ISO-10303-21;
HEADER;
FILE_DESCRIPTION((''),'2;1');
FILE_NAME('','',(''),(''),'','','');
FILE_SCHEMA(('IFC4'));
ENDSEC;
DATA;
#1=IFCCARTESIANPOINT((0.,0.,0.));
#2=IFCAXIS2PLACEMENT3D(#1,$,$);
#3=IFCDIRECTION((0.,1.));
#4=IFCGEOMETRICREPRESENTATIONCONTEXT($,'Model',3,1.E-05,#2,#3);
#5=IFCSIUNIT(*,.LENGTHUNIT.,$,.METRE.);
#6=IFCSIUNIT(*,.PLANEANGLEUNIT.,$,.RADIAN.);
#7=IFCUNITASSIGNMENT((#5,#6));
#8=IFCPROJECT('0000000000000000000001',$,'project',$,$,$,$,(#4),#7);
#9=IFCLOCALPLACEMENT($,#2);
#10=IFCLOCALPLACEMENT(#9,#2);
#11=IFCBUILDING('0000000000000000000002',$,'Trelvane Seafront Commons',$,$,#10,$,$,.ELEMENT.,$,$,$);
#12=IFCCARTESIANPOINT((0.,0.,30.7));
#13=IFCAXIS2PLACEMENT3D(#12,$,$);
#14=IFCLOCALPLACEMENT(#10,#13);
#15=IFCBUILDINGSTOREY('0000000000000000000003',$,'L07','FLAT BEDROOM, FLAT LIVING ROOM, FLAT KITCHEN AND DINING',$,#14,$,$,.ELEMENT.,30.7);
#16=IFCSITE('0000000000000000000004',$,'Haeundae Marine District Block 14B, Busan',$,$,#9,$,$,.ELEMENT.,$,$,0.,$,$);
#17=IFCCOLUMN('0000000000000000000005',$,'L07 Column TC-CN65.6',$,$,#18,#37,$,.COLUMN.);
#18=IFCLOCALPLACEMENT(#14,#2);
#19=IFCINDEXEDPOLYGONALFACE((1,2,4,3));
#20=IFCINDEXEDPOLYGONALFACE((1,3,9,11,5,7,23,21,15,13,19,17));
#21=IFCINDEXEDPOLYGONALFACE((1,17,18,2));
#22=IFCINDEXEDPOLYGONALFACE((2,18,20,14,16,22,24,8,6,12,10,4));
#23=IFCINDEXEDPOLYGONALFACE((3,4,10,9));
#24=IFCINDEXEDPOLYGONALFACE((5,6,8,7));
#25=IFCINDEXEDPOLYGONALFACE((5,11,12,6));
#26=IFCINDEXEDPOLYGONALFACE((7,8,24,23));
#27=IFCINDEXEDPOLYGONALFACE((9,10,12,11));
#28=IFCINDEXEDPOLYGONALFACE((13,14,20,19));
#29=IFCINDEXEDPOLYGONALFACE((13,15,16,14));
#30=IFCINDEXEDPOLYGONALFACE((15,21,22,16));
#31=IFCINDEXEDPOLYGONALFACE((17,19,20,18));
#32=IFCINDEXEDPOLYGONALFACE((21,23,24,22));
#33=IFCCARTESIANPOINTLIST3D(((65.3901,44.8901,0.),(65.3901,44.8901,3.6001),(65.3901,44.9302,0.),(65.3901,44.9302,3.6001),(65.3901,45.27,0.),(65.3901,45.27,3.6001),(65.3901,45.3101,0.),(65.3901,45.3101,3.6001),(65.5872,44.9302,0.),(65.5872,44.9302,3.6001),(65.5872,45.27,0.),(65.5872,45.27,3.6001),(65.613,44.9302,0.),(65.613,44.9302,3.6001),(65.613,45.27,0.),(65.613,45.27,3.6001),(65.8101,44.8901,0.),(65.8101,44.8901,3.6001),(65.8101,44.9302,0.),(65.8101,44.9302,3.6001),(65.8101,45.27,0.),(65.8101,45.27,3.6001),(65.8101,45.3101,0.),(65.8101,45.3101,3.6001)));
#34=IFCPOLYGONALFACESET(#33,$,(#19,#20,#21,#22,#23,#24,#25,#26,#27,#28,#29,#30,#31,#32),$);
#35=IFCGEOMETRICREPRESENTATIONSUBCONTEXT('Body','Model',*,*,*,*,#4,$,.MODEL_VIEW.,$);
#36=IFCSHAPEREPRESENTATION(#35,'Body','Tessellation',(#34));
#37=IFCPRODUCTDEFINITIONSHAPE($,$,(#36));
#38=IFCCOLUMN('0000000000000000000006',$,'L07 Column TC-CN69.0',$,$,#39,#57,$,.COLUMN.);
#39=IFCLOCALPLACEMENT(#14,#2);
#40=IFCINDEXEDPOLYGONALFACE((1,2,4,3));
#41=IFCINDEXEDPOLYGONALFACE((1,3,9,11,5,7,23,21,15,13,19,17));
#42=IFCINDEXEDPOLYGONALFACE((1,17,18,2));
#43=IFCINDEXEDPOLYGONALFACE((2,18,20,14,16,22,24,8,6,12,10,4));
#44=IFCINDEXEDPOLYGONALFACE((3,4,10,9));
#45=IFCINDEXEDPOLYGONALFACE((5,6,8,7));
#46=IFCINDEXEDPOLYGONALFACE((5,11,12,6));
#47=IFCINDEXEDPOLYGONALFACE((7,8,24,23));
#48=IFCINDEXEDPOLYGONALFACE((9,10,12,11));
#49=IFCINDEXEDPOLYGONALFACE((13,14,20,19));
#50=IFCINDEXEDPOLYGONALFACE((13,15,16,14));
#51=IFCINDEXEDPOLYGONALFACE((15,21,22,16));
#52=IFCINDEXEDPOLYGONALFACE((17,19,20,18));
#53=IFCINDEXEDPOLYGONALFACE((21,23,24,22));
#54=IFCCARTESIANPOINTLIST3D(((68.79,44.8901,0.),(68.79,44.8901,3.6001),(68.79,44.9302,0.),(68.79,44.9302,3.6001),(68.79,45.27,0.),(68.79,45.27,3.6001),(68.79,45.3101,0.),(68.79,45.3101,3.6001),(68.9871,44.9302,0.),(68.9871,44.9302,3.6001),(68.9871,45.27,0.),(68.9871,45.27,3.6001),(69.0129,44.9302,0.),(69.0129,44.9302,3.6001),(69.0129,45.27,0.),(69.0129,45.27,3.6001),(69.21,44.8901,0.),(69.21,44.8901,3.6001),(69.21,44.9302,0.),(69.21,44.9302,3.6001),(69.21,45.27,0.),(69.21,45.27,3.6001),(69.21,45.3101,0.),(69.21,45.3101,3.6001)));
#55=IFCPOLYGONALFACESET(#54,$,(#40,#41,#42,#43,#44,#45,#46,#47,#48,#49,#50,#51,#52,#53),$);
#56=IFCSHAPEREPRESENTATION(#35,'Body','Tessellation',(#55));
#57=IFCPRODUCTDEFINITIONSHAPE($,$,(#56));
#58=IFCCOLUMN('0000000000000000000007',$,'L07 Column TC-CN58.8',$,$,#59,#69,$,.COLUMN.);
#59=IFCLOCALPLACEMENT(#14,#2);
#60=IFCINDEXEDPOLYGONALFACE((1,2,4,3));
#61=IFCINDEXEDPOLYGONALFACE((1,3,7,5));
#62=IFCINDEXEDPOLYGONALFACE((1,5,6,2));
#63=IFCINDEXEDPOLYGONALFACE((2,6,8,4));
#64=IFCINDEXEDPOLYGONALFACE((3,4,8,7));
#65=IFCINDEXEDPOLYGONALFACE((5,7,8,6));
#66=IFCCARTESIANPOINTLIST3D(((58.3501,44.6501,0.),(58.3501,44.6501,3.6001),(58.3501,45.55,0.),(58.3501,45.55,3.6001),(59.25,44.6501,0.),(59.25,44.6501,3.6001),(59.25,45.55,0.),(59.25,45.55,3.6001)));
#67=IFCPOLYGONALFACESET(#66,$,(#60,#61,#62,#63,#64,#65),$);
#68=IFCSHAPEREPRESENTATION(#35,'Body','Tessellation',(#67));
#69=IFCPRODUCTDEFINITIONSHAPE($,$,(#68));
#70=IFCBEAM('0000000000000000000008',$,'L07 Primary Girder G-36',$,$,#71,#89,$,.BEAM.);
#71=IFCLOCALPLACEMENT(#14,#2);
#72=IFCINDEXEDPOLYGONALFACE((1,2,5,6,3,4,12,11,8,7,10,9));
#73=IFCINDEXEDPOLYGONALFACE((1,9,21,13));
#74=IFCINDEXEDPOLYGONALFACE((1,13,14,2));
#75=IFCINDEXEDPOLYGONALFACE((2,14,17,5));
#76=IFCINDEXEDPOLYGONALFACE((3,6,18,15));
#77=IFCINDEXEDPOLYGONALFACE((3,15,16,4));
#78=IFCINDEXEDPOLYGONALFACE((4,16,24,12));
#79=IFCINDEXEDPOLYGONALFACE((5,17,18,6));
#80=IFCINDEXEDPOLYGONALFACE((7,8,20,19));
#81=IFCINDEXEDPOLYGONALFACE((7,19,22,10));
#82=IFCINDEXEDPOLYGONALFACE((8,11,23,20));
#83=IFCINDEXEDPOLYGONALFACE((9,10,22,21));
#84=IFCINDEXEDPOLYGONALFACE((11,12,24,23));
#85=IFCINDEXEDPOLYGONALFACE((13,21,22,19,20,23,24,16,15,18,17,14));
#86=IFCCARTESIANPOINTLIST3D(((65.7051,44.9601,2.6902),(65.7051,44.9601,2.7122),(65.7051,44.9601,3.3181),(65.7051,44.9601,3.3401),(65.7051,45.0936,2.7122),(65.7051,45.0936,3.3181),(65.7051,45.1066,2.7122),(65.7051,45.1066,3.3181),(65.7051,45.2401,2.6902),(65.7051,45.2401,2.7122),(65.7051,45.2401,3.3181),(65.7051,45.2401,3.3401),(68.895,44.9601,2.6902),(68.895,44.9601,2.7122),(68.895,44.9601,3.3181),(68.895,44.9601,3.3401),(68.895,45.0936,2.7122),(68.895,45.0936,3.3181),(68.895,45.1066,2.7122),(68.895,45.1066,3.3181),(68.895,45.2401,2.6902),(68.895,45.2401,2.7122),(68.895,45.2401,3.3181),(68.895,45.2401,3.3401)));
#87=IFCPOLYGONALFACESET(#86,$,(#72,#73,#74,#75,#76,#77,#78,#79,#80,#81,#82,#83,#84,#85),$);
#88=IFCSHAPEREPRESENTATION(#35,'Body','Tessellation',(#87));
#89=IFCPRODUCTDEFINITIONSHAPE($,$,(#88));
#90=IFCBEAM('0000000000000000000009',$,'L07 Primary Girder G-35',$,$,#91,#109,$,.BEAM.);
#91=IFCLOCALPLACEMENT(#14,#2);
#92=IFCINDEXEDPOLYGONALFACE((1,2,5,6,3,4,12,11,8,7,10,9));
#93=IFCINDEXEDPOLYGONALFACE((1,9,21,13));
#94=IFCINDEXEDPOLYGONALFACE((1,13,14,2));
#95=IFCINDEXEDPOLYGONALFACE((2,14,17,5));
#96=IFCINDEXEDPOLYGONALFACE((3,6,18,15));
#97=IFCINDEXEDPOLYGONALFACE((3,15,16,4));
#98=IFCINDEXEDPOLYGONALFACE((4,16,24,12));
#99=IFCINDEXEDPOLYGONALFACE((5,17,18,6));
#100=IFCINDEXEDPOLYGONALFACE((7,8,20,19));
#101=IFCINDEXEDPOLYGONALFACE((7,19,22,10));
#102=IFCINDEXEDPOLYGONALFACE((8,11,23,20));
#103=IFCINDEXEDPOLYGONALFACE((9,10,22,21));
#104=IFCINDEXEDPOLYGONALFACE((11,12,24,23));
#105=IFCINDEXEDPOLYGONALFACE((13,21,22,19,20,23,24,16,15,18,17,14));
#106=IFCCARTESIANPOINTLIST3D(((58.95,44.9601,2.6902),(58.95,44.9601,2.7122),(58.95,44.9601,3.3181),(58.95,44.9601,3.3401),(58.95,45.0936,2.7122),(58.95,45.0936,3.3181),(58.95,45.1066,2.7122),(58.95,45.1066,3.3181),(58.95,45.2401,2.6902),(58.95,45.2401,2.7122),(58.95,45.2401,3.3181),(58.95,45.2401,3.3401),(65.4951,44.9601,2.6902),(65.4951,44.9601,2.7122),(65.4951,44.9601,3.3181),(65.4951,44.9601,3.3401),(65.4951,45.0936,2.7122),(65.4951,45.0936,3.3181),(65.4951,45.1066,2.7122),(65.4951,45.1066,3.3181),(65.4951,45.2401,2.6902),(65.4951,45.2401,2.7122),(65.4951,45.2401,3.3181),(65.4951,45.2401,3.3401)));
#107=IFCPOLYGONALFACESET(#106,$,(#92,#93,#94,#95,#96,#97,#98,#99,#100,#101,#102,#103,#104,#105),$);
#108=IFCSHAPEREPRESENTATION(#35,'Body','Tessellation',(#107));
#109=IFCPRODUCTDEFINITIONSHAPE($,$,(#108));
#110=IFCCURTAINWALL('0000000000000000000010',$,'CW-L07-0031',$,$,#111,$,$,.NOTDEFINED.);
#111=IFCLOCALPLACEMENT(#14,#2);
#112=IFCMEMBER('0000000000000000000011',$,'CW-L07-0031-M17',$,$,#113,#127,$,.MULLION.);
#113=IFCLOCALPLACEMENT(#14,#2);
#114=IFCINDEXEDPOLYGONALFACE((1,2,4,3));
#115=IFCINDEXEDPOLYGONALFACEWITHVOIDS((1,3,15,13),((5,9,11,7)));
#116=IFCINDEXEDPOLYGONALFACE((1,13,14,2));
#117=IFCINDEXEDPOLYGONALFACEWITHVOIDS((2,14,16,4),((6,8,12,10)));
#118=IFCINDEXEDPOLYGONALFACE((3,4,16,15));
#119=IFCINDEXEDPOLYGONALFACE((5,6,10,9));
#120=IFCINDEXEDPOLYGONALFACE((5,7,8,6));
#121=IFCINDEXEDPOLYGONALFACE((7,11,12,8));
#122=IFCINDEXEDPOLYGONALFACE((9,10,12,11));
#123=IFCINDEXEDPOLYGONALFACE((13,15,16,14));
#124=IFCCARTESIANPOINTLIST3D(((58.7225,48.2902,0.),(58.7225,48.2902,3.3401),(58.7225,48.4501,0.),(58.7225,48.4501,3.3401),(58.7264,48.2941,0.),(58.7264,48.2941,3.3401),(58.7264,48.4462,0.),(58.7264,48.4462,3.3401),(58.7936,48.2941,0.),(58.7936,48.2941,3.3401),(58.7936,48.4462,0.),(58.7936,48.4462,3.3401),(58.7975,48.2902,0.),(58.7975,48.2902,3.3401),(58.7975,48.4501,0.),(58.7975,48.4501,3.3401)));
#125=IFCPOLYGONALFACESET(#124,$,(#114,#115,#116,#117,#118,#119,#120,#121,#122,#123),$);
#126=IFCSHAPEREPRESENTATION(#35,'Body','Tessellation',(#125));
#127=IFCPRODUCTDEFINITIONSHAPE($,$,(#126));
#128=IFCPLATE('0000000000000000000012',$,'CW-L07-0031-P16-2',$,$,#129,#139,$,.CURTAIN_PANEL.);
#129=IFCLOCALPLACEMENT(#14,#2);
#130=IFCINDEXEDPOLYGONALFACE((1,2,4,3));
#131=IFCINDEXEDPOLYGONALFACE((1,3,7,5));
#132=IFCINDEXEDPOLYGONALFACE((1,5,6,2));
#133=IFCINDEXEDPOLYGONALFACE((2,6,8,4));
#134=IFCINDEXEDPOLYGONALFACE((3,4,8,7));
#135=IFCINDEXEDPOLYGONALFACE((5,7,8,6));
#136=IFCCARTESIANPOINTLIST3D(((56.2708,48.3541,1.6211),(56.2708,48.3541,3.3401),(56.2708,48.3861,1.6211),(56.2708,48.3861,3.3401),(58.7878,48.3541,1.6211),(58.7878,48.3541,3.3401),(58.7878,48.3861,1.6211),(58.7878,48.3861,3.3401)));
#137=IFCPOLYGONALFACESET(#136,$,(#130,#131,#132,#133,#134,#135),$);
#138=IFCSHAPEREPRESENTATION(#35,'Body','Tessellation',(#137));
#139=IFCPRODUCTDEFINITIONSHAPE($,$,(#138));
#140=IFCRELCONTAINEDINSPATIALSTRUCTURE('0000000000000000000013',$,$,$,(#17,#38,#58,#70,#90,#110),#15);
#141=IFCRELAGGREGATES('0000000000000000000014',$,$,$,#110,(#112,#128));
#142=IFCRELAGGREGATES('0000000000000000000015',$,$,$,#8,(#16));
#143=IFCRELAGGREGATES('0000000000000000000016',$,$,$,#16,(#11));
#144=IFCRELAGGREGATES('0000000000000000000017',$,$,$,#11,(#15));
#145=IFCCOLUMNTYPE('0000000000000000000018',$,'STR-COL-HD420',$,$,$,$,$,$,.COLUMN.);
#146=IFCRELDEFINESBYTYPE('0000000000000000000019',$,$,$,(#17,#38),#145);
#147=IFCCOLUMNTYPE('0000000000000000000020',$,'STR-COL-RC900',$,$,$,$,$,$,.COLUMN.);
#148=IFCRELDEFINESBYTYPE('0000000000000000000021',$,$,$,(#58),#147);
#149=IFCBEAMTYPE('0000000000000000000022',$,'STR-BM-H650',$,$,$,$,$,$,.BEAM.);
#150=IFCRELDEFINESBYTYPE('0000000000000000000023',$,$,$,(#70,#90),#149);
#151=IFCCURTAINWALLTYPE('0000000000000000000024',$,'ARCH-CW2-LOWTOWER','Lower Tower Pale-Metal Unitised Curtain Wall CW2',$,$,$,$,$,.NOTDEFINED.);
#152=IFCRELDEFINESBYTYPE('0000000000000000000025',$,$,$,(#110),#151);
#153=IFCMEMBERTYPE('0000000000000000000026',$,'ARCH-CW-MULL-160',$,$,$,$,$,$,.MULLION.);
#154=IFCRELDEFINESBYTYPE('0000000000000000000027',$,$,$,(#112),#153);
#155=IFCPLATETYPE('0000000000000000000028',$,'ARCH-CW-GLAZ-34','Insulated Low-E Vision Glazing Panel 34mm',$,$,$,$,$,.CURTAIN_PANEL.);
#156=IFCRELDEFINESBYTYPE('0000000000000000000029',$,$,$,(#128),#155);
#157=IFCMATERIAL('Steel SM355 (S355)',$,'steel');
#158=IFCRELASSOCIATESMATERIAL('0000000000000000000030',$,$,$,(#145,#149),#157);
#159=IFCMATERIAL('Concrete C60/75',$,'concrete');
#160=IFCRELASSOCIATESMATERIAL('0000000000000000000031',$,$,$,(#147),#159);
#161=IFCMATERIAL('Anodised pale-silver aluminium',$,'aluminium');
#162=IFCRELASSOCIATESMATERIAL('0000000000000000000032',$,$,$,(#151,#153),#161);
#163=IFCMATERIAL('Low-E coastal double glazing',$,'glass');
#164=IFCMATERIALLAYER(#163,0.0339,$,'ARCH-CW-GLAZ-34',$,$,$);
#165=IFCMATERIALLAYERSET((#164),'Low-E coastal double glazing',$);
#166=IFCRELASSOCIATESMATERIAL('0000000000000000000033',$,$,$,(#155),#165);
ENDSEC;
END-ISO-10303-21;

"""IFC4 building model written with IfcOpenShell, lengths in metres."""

from ifc_helpers import new_model, si_unit, direction, frame, origin, origin_2d, place, context, subcontext, project, spatial, rectangle, hollow_rectangle, i_section, extrude, source, transform, mapped, material, layer, layer_set, material_profile, profile_set, type_object, element, aggregate, save


model = new_model("IFC4")

# Units and contexts
model_context = context("Model", 3, precision=1e-05, world=origin(), true_north=direction((0.0, 1.0)))
body_context = subcontext(model_context, "Body", "Model", "MODEL_VIEW")
ifc_project = project(units=[si_unit("LENGTHUNIT", "METRE"), si_unit("PLANEANGLEUNIT", "RADIAN")], contexts=[model_context])

# Site, building, storey
site_placement = place(None, origin())
site = spatial("IfcSite", under=ifc_project, at=site_placement, Name="Haeundae Marine District Block 14B, Busan", CompositionType="ELEMENT", RefElevation=0.0)
building_placement = place(site_placement, origin())
building = spatial("IfcBuilding", under=site, at=building_placement, Name="Trelvane Seafront Commons", CompositionType="ELEMENT")
storey_placement = place(building_placement, frame((0.0, 0.0, 30.7)))
storey = spatial("IfcBuildingStorey", under=building, at=storey_placement, Name="L07", Description="FLAT BEDROOM, FLAT LIVING ROOM, FLAT KITCHEN AND DINING", CompositionType="ELEMENT", Elevation=30.7)

# Columns
ifc_material_1 = material(Name="Steel SM355 (S355)", Category="steel")
ifc_material_profile_1 = material_profile(ifc_material_1, i_section(OverallWidth=0.4199, OverallDepth=0.4199, WebThickness=0.0259, FlangeThickness=0.04, at=origin_2d()), Name="HD-420x420x26x40")
ifc_profile_set_1 = profile_set([ifc_material_profile_1], Name="Steel SM355 (S355)")
column_type_1 = type_object("IfcColumnType", Name="STR-COL-HD420", PredefinedType="COLUMN", material=ifc_profile_set_1)
shared_shape_1 = source(origin(), body_context, "Body", "SweptSolid", [
    extrude(i_section(OverallWidth=0.4199, OverallDepth=0.4199, WebThickness=0.0259, FlangeThickness=0.04, at=origin_2d()), origin(), (0.0, 0.0, 1.0), 3.6001),
])
for number, where, z_axis, x_axis, name in (
    (1, (65.6001, 45.1001, 0.0), (0.0, 0.0, 1.0), (1.0, 0.0, 0.0), "L07 Column TC-CN65.6"),
    (2, (69.0, 45.1001, 0.0), (0.0, 0.0, 1.0), (1.0, 0.0, 0.0), "L07 Column TC-CN69.0"),
):
    element("IfcColumn", number, at=place(storey_placement, frame(where, z_axis=z_axis, x_axis=x_axis)), inside=storey, type_object=column_type_1, Name=name, PredefinedType="COLUMN", context=body_context, shape_type="MappedRepresentation", body=[
        mapped(shared_shape_1, transform((0.0, 0.0, 0.0), x_axis=(1.0, 0.0, 0.0), y_axis=(0.0, 1.0, 0.0), z_axis=(0.0, 0.0, 1.0), scale=1.0)),
    ])
ifc_material_2 = material(Name="Concrete C60/75", Category="concrete")
ifc_material_profile_2 = material_profile(ifc_material_2, rectangle(XDim=0.8999, YDim=0.8999, at=origin_2d()), Name="RC-900x900")
ifc_profile_set_2 = profile_set([ifc_material_profile_2], Name="Concrete C60/75")
column_type_2 = type_object("IfcColumnType", Name="STR-COL-RC900", PredefinedType="COLUMN", material=ifc_profile_set_2)
shared_shape_2 = source(origin(), body_context, "Body", "SweptSolid", [
    extrude(rectangle(XDim=0.8999, YDim=0.8999, at=origin_2d()), origin(), (0.0, 0.0, 1.0), 3.6001),
])
column_placement = place(storey_placement, frame((58.8, 45.1001, 0.0), z_axis=(0.0, 0.0, 1.0), x_axis=(1.0, 0.0, 0.0)))
element("IfcColumn", 3, at=column_placement, inside=storey, type_object=column_type_2, Name="L07 Column TC-CN58.8", PredefinedType="COLUMN", context=body_context, shape_type="MappedRepresentation", body=[
    mapped(shared_shape_2, transform((0.0, 0.0, 0.0), x_axis=(1.0, 0.0, 0.0), y_axis=(0.0, 1.0, 0.0), z_axis=(0.0, 0.0, 1.0), scale=1.0)),
])

# Beams
ifc_material_profile_3 = material_profile(ifc_material_1, i_section(OverallWidth=0.28, OverallDepth=0.6499, WebThickness=0.0129, FlangeThickness=0.022, at=origin_2d()), Name="H-650x280x13x22")
ifc_profile_set_3 = profile_set([ifc_material_profile_3], Name="Steel SM355 (S355)")
beam_type = type_object("IfcBeamType", Name="STR-BM-H650", PredefinedType="BEAM", material=ifc_profile_set_3)
shared_shape_3 = source(origin(), body_context, "Body", "SweptSolid", [
    extrude(i_section(OverallWidth=0.28, OverallDepth=0.6499, WebThickness=0.0129, FlangeThickness=0.022, at=origin_2d()), origin(), (0.0, 0.0, 1.0), 3.1899),
])
beam_1_placement = place(storey_placement, frame((65.7051, 45.1001, 3.0151), z_axis=(1.0, 0.0, 0.0), x_axis=(0.0, 1.0, 0.0)))
element("IfcBeam", 4, at=beam_1_placement, inside=storey, type_object=beam_type, Name="L07 Primary Girder G-36", PredefinedType="BEAM", context=body_context, shape_type="MappedRepresentation", body=[
    mapped(shared_shape_3, transform((0.0, 0.0, 0.0), x_axis=(1.0, 0.0, 0.0), y_axis=(0.0, 1.0, 0.0), z_axis=(0.0, 0.0, 1.0), scale=1.0)),
])
shared_shape_4 = source(origin(), body_context, "Body", "SweptSolid", [
    extrude(i_section(OverallWidth=0.28, OverallDepth=0.6499, WebThickness=0.0129, FlangeThickness=0.022, at=origin_2d()), origin(), (0.0, 0.0, 1.0), 6.5452),
])
beam_2_placement = place(storey_placement, frame((58.95, 45.1001, 3.0151), z_axis=(1.0, 0.0, 0.0), x_axis=(0.0, 1.0, 0.0)))
element("IfcBeam", 5, at=beam_2_placement, inside=storey, type_object=beam_type, Name="L07 Primary Girder G-35", PredefinedType="BEAM", context=body_context, shape_type="MappedRepresentation", body=[
    mapped(shared_shape_4, transform((0.0, 0.0, 0.0), x_axis=(1.0, 0.0, 0.0), y_axis=(0.0, 1.0, 0.0), z_axis=(0.0, 0.0, 1.0), scale=1.0)),
])

# Curtain wall, member, plate
ifc_material_3 = material(Name="Anodised pale-silver aluminium", Category="aluminium")
curtain_wall_type = type_object("IfcCurtainWallType", Name="ARCH-CW2-LOWTOWER", Description="Lower Tower Pale-Metal Unitised Curtain Wall CW2", PredefinedType="NOTDEFINED", material=ifc_material_3)
curtain_wall_placement = place(storey_placement, origin())
curtain_wall = element("IfcCurtainWall", 6, at=curtain_wall_placement, inside=storey, type_object=curtain_wall_type, Name="CW-L07-0031", PredefinedType="NOTDEFINED")
ifc_material_profile_4 = material_profile(ifc_material_3, hollow_rectangle(XDim=0.075, YDim=0.1599, WallThickness=0.0039, at=origin_2d()), Name="MULL-75x160x4")
ifc_profile_set_4 = profile_set([ifc_material_profile_4], Name="Anodised pale-silver aluminium")
member_type = type_object("IfcMemberType", Name="ARCH-CW-MULL-160", PredefinedType="MULLION", material=ifc_profile_set_4)
shared_shape_5 = source(origin(), body_context, "Body", "SweptSolid", [
    extrude(hollow_rectangle(XDim=0.075, YDim=0.1599, WallThickness=0.0039, at=origin_2d()), origin(), (0.0, 0.0, 1.0), 3.3401),
])
member_placement = place(storey_placement, frame((58.76, 48.3701, 0.0), z_axis=(0.0, 0.0, 1.0), x_axis=(1.0, 0.0, 0.0)))
member = element("IfcMember", 7, at=member_placement, type_object=member_type, Name="CW-L07-0031-M17", PredefinedType="MULLION", context=body_context, shape_type="MappedRepresentation", body=[
    mapped(shared_shape_5, transform((0.0, 0.0, 0.0), x_axis=(1.0, 0.0, 0.0), y_axis=(0.0, 1.0, 0.0), z_axis=(0.0, 0.0, 1.0), scale=1.0)),
])
ifc_material_4 = material(Name="Low-E coastal double glazing", Category="glass")
ifc_layer_1 = layer(ifc_material_4, 0.0339, Name="ARCH-CW-GLAZ-34")
ifc_layer_set_1 = layer_set([ifc_layer_1], Name="Low-E coastal double glazing")
plate_type = type_object("IfcPlateType", Name="ARCH-CW-GLAZ-34", Description="Insulated Low-E Vision Glazing Panel 34mm", PredefinedType="CURTAIN_PANEL", material=ifc_layer_set_1)
shared_shape_6 = source(origin(), body_context, "Body", "SweptSolid", [
    extrude(rectangle(XDim=2.5171, YDim=0.032, at=origin_2d()), origin(), (0.0, 0.0, 1.0), 1.719),
])
plate_placement = place(storey_placement, frame((57.5293, 48.3701, 1.6211), z_axis=(0.0, 0.0, 1.0), x_axis=(1.0, 0.0, 0.0)))
plate = element("IfcPlate", 8, at=plate_placement, type_object=plate_type, Name="CW-L07-0031-P16-2", PredefinedType="CURTAIN_PANEL", context=body_context, shape_type="MappedRepresentation", body=[
    mapped(shared_shape_6, transform((0.0, 0.0, 0.0), x_axis=(1.0, 0.0, 0.0), y_axis=(0.0, 1.0, 0.0), z_axis=(0.0, 0.0, 1.0), scale=1.0)),
])
aggregate(curtain_wall, [member, plate])

save(model, "model.ifc")
